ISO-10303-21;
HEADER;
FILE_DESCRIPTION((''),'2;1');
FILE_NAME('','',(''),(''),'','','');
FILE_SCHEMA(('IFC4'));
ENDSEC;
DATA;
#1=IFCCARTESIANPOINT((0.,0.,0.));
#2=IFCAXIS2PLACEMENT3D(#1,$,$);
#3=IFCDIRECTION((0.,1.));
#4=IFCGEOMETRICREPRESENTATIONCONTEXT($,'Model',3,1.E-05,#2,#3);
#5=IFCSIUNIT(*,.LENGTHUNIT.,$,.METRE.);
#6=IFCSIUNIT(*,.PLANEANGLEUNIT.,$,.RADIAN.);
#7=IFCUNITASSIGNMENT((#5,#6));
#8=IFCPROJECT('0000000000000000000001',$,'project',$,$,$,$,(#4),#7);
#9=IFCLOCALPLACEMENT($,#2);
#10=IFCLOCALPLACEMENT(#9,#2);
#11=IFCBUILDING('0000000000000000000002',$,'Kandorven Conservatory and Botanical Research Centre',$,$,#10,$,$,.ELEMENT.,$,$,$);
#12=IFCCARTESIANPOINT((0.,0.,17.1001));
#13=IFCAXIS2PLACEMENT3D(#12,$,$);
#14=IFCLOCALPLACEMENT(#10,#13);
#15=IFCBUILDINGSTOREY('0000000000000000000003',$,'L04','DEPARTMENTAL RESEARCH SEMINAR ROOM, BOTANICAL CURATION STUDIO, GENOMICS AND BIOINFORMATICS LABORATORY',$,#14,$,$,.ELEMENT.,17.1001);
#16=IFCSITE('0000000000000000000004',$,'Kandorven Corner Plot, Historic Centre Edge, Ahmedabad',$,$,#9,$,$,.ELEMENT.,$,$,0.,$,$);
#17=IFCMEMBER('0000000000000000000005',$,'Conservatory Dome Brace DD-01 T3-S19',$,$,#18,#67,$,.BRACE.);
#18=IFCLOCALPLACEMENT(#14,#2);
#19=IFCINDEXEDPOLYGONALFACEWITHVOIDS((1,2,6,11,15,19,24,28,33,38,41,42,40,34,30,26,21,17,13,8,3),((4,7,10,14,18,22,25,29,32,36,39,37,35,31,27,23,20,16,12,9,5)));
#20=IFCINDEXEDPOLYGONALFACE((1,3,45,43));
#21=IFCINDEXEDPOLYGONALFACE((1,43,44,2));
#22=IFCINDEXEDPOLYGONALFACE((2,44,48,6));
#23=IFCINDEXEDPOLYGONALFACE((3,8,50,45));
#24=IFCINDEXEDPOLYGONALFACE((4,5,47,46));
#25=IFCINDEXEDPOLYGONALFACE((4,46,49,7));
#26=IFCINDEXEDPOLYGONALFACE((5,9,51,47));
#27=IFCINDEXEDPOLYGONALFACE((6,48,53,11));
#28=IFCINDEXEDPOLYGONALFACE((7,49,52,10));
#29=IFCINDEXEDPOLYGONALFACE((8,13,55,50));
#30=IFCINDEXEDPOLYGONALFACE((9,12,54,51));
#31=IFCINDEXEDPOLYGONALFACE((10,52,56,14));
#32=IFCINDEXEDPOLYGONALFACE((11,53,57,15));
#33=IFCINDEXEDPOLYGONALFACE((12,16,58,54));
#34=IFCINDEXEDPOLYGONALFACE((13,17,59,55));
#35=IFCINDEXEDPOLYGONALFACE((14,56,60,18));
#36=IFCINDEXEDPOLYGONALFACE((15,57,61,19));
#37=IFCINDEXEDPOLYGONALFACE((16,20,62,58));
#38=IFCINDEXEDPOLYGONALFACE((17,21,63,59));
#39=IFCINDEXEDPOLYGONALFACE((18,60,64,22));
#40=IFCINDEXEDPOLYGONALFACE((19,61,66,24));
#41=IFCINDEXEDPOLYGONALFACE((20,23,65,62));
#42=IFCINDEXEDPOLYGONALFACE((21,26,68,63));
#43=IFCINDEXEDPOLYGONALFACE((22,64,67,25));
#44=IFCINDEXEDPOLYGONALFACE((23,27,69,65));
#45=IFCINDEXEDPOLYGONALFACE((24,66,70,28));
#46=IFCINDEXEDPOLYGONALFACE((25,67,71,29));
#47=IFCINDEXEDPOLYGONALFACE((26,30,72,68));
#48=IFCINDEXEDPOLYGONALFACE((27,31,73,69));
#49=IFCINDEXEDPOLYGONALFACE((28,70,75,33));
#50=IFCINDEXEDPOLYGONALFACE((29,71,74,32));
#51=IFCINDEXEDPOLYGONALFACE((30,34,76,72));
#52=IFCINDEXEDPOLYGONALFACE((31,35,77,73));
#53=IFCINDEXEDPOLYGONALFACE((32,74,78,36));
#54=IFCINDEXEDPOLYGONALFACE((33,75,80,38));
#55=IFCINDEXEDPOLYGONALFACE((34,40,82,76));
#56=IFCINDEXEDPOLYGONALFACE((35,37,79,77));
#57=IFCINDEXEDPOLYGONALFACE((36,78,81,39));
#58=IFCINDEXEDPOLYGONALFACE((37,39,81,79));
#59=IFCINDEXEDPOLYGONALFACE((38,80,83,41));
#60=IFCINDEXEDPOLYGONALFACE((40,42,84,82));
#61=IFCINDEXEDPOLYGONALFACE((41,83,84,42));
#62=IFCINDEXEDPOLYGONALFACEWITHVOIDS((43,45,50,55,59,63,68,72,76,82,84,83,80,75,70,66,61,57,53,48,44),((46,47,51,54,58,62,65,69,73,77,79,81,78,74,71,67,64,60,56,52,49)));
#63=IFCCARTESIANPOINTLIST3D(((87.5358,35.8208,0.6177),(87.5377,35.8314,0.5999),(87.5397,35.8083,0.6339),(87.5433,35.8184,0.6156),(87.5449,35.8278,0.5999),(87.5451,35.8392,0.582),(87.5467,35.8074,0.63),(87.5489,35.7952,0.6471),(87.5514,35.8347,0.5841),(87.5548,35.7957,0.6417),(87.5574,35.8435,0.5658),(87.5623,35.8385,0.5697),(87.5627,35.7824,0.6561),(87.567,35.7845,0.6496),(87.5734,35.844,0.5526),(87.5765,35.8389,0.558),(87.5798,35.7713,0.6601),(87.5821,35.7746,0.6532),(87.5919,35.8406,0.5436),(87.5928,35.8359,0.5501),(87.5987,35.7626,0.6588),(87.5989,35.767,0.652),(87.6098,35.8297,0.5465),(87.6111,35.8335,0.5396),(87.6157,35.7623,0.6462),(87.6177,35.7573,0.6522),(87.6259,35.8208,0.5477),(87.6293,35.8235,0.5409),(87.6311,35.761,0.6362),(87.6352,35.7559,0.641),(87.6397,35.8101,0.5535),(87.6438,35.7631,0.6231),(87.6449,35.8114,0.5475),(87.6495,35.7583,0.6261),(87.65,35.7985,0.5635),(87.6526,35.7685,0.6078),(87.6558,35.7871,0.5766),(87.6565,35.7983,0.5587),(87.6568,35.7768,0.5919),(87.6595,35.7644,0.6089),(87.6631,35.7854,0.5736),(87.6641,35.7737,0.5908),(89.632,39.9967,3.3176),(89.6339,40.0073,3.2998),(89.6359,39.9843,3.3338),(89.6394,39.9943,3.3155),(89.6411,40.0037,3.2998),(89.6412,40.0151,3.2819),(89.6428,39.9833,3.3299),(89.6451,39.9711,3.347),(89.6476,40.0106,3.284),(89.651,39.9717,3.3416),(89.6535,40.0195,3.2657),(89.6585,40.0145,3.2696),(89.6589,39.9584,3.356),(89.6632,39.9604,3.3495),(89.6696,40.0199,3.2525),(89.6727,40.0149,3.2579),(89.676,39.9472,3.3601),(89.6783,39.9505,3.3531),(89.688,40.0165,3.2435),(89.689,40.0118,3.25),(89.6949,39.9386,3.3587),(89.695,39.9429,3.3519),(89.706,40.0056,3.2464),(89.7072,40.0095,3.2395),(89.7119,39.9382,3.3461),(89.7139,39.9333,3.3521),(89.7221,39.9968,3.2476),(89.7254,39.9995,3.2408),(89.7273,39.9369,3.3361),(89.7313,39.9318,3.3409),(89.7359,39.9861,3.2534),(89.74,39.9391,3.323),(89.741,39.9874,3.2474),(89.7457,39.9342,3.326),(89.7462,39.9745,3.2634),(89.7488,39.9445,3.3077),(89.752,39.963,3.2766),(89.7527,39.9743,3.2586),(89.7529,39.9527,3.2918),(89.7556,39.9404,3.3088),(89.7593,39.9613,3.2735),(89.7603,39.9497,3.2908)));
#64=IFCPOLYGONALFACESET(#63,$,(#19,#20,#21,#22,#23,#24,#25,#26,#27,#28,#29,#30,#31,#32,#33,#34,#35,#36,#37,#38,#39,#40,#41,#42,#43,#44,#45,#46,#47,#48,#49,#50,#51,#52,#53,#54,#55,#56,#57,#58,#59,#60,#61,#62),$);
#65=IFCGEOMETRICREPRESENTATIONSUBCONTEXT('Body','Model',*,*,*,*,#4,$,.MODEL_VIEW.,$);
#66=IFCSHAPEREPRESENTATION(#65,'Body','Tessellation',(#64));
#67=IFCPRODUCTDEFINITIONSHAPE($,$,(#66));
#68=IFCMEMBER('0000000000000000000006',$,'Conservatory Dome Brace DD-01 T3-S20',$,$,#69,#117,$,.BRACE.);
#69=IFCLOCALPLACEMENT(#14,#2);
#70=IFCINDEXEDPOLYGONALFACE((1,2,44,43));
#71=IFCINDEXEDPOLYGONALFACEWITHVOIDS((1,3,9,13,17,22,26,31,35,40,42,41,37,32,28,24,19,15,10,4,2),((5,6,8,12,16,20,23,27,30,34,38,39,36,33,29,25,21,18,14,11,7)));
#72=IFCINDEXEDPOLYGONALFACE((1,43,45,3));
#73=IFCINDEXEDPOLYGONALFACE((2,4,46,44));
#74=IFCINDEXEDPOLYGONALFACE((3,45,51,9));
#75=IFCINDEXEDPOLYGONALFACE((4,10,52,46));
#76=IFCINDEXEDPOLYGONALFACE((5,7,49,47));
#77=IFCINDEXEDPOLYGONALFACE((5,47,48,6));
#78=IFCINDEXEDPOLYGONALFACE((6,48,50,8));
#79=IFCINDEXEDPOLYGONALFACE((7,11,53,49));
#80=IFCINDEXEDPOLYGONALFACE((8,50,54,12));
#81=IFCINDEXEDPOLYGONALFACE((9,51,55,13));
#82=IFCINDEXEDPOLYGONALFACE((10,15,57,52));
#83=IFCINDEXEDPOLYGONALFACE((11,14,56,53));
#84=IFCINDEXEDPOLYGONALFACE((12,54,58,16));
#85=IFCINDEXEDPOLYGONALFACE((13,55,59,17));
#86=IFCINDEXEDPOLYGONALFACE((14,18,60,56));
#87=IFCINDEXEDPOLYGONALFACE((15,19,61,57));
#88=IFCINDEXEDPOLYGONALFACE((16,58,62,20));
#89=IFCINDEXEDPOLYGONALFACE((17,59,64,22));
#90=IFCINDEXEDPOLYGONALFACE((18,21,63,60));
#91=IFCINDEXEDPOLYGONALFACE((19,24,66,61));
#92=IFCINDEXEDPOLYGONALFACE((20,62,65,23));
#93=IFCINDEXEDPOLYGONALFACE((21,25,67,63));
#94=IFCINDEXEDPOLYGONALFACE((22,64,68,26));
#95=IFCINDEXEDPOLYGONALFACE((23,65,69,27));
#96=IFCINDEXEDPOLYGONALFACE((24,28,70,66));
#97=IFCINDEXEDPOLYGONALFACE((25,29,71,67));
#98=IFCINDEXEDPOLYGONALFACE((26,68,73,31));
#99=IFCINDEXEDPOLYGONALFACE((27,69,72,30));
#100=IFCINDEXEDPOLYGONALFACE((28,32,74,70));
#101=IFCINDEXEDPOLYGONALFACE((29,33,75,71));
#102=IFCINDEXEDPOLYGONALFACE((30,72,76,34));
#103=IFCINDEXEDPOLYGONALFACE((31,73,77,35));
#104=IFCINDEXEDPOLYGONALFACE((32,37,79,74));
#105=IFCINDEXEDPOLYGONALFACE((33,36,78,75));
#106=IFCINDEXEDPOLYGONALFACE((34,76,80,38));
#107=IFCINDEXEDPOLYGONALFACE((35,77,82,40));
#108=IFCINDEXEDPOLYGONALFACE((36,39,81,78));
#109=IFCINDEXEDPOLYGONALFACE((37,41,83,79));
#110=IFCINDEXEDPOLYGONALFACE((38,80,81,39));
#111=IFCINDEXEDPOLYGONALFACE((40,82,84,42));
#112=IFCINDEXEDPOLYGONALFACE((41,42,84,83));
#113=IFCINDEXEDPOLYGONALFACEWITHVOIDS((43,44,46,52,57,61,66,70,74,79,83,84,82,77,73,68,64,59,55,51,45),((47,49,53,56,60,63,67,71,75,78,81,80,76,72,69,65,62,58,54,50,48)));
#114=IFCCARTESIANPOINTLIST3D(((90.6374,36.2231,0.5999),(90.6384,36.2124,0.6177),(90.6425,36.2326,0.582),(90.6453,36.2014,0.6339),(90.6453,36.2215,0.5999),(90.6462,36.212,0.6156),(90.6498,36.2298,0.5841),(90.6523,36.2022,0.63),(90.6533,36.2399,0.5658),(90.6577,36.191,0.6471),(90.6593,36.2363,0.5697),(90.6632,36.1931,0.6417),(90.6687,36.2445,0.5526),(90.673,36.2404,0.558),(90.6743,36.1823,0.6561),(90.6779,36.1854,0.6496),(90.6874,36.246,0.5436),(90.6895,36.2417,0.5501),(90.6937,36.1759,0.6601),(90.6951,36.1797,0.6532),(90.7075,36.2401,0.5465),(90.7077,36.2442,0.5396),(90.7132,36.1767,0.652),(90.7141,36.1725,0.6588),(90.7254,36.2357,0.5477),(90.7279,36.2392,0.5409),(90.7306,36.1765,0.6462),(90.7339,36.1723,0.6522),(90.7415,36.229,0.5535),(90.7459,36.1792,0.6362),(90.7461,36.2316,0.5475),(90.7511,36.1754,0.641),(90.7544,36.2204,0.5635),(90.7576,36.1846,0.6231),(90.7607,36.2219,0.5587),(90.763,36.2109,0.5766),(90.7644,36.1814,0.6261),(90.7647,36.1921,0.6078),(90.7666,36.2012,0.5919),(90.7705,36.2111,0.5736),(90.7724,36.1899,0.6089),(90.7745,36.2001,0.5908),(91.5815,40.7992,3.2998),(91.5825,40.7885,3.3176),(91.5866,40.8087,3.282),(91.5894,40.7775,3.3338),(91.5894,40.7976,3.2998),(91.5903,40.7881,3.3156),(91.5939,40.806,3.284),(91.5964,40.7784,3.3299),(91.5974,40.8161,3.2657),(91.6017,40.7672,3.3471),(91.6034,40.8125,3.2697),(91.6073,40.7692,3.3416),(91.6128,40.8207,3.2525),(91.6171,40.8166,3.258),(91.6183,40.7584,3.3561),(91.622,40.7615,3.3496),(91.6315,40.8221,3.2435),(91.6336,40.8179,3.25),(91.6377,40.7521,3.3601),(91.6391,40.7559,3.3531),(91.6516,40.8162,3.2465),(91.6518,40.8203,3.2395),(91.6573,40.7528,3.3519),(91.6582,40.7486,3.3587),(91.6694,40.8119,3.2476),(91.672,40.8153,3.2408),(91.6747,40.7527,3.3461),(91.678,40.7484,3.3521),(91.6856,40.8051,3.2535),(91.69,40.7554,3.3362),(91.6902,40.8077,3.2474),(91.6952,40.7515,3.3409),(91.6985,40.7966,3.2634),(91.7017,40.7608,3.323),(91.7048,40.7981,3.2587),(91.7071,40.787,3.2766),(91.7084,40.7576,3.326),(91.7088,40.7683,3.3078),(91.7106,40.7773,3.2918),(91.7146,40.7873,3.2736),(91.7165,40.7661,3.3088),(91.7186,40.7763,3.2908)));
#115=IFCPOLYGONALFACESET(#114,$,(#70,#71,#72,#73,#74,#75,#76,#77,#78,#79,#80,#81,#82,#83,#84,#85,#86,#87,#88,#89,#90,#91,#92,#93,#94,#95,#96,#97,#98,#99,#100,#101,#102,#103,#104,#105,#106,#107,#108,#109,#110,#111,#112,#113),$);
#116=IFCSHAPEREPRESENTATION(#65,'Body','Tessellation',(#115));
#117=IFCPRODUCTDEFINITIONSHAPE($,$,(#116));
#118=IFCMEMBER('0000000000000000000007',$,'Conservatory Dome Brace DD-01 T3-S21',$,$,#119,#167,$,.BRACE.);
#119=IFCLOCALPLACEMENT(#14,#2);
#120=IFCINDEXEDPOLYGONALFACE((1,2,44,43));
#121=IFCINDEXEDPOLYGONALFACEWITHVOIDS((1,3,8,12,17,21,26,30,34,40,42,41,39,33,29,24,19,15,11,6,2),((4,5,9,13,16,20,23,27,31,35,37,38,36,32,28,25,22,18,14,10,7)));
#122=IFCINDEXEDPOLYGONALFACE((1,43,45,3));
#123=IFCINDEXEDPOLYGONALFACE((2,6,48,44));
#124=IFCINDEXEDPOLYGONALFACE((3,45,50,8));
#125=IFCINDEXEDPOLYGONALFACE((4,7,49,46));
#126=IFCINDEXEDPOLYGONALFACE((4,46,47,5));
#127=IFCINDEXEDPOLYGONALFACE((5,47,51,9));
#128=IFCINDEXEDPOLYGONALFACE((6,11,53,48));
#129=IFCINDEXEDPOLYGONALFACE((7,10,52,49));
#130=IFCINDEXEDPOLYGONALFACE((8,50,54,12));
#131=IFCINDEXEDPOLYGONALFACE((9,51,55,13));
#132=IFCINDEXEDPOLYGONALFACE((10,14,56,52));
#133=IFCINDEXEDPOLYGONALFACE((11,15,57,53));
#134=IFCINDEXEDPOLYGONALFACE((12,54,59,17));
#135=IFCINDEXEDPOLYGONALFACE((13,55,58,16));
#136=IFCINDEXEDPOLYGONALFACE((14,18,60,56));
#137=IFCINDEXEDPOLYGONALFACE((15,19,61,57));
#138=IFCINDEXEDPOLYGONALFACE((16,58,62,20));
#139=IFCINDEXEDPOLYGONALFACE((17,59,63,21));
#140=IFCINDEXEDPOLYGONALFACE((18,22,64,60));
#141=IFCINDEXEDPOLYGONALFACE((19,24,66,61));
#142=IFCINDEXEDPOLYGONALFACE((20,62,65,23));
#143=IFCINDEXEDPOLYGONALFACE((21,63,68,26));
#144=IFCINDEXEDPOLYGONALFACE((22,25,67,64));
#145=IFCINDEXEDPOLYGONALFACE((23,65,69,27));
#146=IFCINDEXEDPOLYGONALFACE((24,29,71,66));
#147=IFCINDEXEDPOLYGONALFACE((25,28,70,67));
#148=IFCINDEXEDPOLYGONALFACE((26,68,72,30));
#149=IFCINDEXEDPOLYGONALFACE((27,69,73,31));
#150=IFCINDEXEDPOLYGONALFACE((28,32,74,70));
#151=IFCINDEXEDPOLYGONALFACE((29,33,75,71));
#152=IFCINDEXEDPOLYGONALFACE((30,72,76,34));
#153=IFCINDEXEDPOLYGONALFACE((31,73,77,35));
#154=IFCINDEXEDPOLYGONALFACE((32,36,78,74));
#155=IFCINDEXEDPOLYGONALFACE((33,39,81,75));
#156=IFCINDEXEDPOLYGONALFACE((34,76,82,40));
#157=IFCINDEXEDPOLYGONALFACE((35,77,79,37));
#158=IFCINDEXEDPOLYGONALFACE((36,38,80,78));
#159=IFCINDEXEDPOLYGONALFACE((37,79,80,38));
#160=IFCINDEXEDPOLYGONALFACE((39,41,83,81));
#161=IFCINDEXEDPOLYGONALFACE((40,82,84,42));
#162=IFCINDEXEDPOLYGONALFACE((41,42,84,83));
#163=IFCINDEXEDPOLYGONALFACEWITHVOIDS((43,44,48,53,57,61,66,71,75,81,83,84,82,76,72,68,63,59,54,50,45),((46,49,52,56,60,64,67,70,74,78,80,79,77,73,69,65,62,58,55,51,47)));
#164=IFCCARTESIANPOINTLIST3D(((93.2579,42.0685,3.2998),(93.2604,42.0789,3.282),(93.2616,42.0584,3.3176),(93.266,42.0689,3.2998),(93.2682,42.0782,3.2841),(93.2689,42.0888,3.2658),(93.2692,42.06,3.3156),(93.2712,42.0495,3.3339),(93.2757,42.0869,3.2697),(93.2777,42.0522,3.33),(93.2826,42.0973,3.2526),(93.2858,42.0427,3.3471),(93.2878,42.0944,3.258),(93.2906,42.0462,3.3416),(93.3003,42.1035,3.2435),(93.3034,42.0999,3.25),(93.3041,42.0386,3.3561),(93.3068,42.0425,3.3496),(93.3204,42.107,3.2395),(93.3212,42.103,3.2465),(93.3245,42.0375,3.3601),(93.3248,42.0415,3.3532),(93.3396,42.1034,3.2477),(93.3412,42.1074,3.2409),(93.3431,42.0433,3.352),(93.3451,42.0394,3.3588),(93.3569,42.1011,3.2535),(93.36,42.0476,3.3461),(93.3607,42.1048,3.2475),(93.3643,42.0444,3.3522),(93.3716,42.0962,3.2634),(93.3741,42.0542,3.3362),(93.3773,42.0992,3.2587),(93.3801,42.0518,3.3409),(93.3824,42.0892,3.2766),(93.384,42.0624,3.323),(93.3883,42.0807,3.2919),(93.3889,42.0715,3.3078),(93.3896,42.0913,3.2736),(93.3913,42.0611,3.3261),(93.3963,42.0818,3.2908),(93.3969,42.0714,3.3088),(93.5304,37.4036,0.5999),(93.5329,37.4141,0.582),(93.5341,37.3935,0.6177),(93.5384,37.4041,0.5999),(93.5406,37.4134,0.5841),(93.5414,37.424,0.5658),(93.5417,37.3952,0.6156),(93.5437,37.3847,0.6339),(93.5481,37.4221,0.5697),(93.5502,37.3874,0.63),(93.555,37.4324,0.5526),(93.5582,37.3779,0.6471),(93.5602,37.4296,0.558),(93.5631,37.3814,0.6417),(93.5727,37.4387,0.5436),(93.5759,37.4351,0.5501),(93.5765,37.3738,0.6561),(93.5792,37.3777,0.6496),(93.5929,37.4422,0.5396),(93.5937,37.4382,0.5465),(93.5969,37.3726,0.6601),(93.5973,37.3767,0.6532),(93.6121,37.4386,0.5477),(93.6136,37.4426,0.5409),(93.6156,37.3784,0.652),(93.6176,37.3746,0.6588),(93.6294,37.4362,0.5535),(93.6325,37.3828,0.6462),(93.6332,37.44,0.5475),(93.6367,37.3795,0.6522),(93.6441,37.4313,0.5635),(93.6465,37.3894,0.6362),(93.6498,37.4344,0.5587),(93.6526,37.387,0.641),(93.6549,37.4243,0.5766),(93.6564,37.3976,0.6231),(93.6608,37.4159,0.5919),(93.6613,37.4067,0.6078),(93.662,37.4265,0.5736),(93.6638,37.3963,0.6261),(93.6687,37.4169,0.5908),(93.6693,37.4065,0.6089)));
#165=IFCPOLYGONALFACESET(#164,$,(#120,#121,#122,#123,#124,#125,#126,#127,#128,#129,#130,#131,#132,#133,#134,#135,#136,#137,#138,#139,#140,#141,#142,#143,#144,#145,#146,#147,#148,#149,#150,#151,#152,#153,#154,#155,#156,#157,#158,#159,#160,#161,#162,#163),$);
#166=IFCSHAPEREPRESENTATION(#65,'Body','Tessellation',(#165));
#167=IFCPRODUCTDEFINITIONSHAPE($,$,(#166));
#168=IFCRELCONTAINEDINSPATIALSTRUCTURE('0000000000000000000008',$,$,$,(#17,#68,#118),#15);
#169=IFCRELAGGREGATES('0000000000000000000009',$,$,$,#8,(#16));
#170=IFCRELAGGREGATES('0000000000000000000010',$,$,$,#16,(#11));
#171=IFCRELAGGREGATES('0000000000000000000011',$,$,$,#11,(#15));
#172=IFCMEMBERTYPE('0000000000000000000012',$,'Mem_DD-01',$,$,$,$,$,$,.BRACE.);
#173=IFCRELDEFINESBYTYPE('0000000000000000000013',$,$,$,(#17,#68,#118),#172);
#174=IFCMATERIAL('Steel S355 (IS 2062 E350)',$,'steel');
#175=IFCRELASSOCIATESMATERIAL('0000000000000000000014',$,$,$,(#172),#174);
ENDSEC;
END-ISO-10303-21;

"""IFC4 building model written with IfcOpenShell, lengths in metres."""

from ifc_helpers import new_model, si_unit, direction, frame, origin, origin_2d, place, context, subcontext, project, spatial, hollow_circle, extrude, material, material_profile, profile_set, type_object, element, save


model = new_model("IFC4")

# Units and contexts
model_context = context("Model", 3, precision=1e-05, world=origin(), true_north=direction((0.0, 1.0)))
body_context = subcontext(model_context, "Body", "Model", "MODEL_VIEW")
ifc_project = project(units=[si_unit("LENGTHUNIT", "METRE"), si_unit("PLANEANGLEUNIT", "RADIAN")], contexts=[model_context])

# Site, building, storey
site_placement = place(None, origin())
site = spatial("IfcSite", under=ifc_project, at=site_placement, Name="Kandorven Corner Plot, Historic Centre Edge, Ahmedabad", CompositionType="ELEMENT", RefElevation=0.0)
building_placement = place(site_placement, origin())
building = spatial("IfcBuilding", under=site, at=building_placement, Name="Kandorven Conservatory and Botanical Research Centre", CompositionType="ELEMENT")
storey_placement = place(building_placement, frame((0.0, 0.0, 17.1001)))
storey = spatial("IfcBuildingStorey", under=building, at=storey_placement, Name="L04", Description="DEPARTMENTAL RESEARCH SEMINAR ROOM, BOTANICAL CURATION STUDIO, GENOMICS AND BIOINFORMATICS LABORATORY", CompositionType="ELEMENT", Elevation=17.1001)

# Members
ifc_material_1 = material(Name="Steel S355 (IS 2062 E350)", Category="steel")
ifc_material_profile_1 = material_profile(ifc_material_1, hollow_circle(Radius=0.0698, WallThickness=0.0081, at=origin_2d()))
ifc_profile_set_1 = profile_set([ifc_material_profile_1], Name="Steel S355 (IS 2062 E350)")
member_type_1 = type_object("IfcMemberType", Name="Mem_DD-01", PredefinedType="BRACE", material=ifc_profile_set_1)
for number, where, z_axis, x_axis, name in (
    (1, (87.6001, 35.8, 0.5999), (0.38843, 0.77383, 0.500309), (-0.893726, 0.448613, 0.0), "Conservatory Dome Brace DD-01 T3-S19"),
    (2, (90.7058, 36.209, 0.5999), (0.174945, 0.847986, 0.500314), (-0.979375, 0.202051, 0.0), "Conservatory Dome Brace DD-01 T3-S20"),
):
    element("IfcMember", number, at=place(storey_placement, frame(where, z_axis=z_axis, x_axis=x_axis)), inside=storey, type_object=member_type_1, Name=name, PredefinedType="BRACE", context=body_context, shape_type="SweptSolid", body=[
        extrude(hollow_circle(Radius=0.0698, WallThickness=0.0081, at=origin_2d()), origin(), (0.0, 0.0, 1.0), 5.3965),
    ])
for number, where, z_axis, x_axis, name in (
    (3, (93.6001, 37.4077, 0.5999), (-0.050487, 0.86438, 0.500297), (-0.998299, -0.058309, 0.0), "Conservatory Dome Brace DD-01 T3-S21"),
):
    element("IfcMember", number, at=place(storey_placement, frame(where, z_axis=z_axis, x_axis=x_axis)), inside=storey, type_object=member_type_1, Name=name, PredefinedType="BRACE", context=body_context, shape_type="SweptSolid", body=[
        extrude(hollow_circle(Radius=0.0698, WallThickness=0.0081, at=origin_2d()), origin(), (0.0, 0.0, 1.0), 5.3967),
    ])

save(model, "model.ifc")
